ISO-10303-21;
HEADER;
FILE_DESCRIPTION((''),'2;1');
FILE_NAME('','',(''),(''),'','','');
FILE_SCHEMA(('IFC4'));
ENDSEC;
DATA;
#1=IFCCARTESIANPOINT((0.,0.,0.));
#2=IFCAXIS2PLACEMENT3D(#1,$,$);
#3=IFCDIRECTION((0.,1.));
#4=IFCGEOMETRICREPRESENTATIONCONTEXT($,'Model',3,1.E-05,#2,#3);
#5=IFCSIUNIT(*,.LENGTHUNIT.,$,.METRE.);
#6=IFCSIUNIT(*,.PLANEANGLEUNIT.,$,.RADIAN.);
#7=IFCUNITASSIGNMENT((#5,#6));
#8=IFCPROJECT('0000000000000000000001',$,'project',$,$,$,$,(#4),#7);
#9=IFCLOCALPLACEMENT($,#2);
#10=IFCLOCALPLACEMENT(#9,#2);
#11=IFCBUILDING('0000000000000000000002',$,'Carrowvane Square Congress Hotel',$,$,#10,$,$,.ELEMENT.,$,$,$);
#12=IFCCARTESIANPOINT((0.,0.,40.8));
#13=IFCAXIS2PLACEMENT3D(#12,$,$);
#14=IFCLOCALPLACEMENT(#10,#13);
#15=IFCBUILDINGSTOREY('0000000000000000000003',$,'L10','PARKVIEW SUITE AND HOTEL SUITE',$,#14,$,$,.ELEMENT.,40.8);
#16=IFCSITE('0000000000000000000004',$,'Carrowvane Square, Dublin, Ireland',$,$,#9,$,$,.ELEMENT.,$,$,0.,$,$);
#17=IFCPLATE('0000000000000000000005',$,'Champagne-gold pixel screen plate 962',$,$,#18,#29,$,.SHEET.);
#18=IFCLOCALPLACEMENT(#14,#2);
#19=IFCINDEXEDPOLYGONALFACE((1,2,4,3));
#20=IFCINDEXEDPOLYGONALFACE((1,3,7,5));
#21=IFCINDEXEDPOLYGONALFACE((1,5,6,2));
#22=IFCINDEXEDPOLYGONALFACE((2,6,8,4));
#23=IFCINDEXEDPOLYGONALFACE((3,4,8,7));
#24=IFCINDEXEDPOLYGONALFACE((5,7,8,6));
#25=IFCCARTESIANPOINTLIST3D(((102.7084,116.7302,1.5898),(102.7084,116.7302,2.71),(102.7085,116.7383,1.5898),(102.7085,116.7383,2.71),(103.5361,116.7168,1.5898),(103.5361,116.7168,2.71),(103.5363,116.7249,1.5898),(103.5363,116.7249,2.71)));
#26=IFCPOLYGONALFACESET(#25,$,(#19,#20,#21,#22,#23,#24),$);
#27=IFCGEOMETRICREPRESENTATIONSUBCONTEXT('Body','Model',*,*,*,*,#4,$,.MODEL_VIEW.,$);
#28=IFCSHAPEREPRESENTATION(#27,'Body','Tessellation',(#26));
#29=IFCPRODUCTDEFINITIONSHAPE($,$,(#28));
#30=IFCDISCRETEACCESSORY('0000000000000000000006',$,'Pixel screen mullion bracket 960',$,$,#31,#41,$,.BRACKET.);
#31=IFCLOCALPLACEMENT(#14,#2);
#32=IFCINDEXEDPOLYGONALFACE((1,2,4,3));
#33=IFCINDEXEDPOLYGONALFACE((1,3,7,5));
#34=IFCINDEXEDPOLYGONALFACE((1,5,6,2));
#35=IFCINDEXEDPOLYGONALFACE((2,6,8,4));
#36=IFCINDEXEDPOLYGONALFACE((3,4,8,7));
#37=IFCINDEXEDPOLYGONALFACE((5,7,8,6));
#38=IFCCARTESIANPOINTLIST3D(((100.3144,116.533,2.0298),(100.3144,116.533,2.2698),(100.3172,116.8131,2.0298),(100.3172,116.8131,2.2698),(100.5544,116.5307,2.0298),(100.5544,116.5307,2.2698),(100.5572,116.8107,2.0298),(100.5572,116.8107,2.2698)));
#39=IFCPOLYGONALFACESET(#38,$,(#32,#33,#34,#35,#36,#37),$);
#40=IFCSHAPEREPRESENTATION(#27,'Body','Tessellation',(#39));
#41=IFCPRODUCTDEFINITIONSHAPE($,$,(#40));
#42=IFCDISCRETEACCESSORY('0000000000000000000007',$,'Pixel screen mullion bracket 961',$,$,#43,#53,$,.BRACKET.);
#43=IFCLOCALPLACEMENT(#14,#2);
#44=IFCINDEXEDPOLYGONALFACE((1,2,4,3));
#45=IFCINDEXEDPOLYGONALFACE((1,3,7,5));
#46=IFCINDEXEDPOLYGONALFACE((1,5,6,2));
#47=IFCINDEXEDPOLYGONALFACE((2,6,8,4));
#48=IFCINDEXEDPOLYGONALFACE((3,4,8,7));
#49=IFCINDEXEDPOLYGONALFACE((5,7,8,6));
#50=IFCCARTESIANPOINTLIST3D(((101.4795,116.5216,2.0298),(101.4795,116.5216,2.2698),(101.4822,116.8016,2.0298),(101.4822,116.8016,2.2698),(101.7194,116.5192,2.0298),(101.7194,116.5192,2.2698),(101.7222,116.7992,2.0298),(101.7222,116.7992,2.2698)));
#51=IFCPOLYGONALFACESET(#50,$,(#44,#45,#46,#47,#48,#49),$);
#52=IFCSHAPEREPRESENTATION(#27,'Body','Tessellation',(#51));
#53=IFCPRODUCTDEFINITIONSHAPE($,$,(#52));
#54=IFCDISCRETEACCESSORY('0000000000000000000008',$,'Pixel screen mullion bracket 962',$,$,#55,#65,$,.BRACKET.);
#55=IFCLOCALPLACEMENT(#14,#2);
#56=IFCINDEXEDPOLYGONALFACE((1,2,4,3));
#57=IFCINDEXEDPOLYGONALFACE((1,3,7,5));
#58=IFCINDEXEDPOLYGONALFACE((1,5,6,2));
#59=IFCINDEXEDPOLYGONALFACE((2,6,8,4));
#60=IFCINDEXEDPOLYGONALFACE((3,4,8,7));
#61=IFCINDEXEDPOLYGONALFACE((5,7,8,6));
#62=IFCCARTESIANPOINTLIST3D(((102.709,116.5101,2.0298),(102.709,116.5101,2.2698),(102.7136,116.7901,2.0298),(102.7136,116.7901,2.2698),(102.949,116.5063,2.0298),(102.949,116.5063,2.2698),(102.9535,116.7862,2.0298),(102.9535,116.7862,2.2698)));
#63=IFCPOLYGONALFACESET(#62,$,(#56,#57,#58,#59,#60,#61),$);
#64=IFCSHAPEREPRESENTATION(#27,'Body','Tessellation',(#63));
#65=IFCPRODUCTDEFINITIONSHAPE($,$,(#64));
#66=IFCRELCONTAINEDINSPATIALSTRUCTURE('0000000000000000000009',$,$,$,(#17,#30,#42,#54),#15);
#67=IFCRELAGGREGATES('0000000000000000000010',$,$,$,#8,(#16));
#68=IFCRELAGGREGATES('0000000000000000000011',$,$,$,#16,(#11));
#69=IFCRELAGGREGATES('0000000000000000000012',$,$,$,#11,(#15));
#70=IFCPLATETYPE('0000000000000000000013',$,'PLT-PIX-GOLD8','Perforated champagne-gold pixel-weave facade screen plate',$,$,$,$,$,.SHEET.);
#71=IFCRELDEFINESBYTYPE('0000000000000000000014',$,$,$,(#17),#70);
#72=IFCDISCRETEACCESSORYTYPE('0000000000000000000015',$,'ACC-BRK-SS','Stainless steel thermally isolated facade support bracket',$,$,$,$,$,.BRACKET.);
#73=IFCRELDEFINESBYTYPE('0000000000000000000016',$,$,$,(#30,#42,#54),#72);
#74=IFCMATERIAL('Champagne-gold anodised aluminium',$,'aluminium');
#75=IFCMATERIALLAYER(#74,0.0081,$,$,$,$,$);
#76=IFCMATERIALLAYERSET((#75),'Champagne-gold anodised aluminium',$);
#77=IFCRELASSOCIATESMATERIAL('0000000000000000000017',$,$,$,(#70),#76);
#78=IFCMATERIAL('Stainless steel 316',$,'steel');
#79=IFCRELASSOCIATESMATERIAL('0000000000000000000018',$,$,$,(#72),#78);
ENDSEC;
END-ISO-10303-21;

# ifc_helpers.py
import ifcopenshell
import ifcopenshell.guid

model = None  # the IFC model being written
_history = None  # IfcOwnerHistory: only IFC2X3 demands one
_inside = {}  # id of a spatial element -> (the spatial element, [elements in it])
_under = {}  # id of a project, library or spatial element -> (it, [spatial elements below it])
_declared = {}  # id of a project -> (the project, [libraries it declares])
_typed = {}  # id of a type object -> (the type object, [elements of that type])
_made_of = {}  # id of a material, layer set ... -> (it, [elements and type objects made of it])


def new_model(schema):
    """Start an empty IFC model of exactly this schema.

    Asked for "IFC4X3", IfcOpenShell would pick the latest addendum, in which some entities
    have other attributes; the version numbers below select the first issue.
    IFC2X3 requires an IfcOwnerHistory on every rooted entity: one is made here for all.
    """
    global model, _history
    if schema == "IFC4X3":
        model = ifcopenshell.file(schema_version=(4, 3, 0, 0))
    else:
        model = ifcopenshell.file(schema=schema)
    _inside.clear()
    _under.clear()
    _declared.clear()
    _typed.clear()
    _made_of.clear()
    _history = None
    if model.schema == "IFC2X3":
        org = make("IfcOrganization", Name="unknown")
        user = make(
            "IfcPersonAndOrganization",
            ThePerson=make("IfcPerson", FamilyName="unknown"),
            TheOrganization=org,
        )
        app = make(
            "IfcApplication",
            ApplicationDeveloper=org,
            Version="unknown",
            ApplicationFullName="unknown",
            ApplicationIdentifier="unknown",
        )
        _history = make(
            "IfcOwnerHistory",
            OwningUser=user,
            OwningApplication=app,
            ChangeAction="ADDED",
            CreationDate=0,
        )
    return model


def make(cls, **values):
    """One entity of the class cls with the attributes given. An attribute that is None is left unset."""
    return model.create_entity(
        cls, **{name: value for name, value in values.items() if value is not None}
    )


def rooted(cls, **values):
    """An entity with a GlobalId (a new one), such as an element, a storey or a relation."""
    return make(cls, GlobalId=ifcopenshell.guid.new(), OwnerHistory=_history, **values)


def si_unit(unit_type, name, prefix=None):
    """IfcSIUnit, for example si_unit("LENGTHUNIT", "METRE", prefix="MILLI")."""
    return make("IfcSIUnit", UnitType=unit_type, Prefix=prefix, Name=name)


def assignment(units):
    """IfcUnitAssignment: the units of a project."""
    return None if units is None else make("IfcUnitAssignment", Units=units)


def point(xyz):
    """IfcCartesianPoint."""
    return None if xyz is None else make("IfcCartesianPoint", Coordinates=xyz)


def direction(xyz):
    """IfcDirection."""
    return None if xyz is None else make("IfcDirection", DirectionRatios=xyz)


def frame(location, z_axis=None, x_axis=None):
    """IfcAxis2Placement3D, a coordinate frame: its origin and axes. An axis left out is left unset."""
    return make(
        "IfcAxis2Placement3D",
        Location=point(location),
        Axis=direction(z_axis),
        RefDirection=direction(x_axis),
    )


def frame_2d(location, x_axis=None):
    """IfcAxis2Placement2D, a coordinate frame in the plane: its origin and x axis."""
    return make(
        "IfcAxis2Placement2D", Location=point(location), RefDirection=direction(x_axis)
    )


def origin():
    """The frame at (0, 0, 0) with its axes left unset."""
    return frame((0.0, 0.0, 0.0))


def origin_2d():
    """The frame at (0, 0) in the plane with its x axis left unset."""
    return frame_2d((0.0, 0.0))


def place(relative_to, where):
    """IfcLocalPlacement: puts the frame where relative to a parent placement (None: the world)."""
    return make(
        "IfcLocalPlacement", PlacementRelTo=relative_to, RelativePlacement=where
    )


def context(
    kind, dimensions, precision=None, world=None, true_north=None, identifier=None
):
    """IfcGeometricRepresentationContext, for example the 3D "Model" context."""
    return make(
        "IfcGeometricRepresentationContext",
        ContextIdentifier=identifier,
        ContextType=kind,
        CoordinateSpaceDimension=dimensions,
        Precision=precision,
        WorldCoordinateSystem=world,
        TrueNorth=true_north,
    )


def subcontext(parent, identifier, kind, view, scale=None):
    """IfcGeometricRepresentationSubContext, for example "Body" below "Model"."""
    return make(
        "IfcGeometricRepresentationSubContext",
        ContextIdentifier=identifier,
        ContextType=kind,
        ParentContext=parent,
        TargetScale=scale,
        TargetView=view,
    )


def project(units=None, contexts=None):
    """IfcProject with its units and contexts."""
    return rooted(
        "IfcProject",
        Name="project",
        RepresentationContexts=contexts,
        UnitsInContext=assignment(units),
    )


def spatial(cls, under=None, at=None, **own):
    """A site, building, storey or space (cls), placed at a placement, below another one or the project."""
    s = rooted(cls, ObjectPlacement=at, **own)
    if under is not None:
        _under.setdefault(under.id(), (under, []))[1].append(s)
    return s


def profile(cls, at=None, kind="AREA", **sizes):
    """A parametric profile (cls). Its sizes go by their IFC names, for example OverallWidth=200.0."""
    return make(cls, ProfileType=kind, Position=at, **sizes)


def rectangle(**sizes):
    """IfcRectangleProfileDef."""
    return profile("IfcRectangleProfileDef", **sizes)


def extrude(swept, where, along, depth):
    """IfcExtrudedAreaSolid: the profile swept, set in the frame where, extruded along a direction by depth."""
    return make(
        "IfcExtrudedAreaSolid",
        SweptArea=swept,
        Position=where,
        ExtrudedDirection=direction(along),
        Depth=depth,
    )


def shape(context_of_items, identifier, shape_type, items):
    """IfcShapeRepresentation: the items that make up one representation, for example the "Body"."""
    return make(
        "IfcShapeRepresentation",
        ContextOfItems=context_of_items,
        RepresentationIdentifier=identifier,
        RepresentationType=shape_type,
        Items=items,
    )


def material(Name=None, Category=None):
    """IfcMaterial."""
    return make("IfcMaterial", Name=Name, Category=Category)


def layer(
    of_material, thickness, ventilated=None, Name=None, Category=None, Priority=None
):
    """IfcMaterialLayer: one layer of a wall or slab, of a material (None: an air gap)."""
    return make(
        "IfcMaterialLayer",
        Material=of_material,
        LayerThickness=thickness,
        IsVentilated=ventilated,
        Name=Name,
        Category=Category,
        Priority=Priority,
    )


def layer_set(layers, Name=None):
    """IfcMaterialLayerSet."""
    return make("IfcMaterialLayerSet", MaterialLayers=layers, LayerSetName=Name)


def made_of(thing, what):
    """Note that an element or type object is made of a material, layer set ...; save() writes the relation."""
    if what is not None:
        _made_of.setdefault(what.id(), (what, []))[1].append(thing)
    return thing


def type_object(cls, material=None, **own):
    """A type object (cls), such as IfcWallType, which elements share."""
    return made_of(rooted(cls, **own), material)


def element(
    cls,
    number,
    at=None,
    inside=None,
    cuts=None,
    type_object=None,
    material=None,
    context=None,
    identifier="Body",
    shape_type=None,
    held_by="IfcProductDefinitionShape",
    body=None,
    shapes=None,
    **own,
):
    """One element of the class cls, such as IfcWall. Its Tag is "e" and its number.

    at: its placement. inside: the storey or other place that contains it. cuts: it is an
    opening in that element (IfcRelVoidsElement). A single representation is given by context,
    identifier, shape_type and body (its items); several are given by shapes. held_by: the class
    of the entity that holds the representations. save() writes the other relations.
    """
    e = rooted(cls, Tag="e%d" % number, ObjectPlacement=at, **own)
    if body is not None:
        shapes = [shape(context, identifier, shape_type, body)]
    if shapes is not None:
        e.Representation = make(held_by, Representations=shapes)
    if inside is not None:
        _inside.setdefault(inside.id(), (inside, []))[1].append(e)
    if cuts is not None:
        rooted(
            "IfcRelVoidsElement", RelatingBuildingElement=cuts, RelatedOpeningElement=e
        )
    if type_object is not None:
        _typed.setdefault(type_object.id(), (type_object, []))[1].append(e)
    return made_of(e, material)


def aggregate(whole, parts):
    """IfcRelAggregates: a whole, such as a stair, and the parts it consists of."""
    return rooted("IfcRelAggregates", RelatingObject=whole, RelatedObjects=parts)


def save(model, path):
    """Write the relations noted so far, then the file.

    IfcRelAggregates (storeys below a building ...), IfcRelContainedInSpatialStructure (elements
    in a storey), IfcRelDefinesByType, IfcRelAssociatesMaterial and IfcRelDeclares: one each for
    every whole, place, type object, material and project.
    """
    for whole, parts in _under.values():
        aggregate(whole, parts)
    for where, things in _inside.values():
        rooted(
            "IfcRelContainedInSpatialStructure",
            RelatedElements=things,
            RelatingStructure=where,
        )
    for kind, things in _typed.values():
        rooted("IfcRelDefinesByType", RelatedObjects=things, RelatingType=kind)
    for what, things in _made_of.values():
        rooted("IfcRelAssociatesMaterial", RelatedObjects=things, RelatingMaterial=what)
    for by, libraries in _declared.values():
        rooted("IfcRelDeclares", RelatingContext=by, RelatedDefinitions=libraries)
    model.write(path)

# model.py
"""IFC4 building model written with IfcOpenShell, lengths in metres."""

from ifc_helpers import new_model, si_unit, direction, frame, origin, origin_2d, place, context, subcontext, project, spatial, rectangle, extrude, material, layer, layer_set, type_object, element, save


model = new_model("IFC4")

# Units and contexts
model_context = context("Model", 3, precision=1e-05, world=origin(), true_north=direction((0.0, 1.0)))
body_context = subcontext(model_context, "Body", "Model", "MODEL_VIEW")
ifc_project = project(units=[si_unit("LENGTHUNIT", "METRE"), si_unit("PLANEANGLEUNIT", "RADIAN")], contexts=[model_context])

# Site, building, storey
site_placement = place(None, origin())
site = spatial("IfcSite", under=ifc_project, at=site_placement, Name="Carrowvane Square, Dublin, Ireland", CompositionType="ELEMENT", RefElevation=0.0)
building_placement = place(site_placement, origin())
building = spatial("IfcBuilding", under=site, at=building_placement, Name="Carrowvane Square Congress Hotel", CompositionType="ELEMENT")
storey_placement = place(building_placement, frame((0.0, 0.0, 40.8)))
storey = spatial("IfcBuildingStorey", under=building, at=storey_placement, Name="L10", Description="PARKVIEW SUITE AND HOTEL SUITE", CompositionType="ELEMENT", Elevation=40.8)

# Plate
ifc_material_1 = material(Name="Champagne-gold anodised aluminium", Category="aluminium")
ifc_layer_1 = layer(ifc_material_1, 0.0081)
ifc_layer_set_1 = layer_set([ifc_layer_1], Name="Champagne-gold anodised aluminium")
plate_type_1 = type_object("IfcPlateType", Name="PLT-PIX-GOLD8", Description="Perforated champagne-gold pixel-weave facade screen plate", PredefinedType="SHEET", material=ifc_layer_set_1)
plate_1_placement = place(storey_placement, frame((103.1223, 116.7275, 1.5898), z_axis=(0.0, 0.0, 1.0), x_axis=(0.999869, -0.016216, 0.0)))
element("IfcPlate", 1, at=plate_1_placement, inside=storey, type_object=plate_type_1, Name="Champagne-gold pixel screen plate 962", PredefinedType="SHEET", context=body_context, shape_type="SweptSolid", body=[
    extrude(rectangle(XDim=0.8279, YDim=0.0081, at=origin_2d()), origin(), (0.0, 0.0, 1.0), 1.1201),
])

# Discrete accessories
ifc_material_2 = material(Name="Stainless steel 316", Category="steel")
discrete_accessory_type = type_object("IfcDiscreteAccessoryType", Name="ACC-BRK-SS", Description="Stainless steel thermally isolated facade support bracket", PredefinedType="BRACKET", material=ifc_material_2)
for number, where, z_axis, x_axis, name in (
    (2, (100.4358, 116.6719, 2.0298), (0.0, 0.0, 1.0), (0.999952, -0.009782, 0.0), "Pixel screen mullion bracket 960"),
    (3, (101.6008, 116.6604, 2.0298), (0.0, 0.0, 1.0), (0.999952, -0.009782, 0.0), "Pixel screen mullion bracket 961"),
    (4, (102.8313, 116.6482, 2.0298), (0.0, 0.0, 1.0), (0.999869, -0.016216, 0.0), "Pixel screen mullion bracket 962"),
):
    element("IfcDiscreteAccessory", number, at=place(storey_placement, frame(where, z_axis=z_axis, x_axis=x_axis)), inside=storey, type_object=discrete_accessory_type, Name=name, PredefinedType="BRACKET", context=body_context, shape_type="SweptSolid", body=[
        extrude(rectangle(XDim=0.24, YDim=0.28, at=origin_2d()), origin(), (0.0, 0.0, 1.0), 0.24),
    ])

save(model, "model.ifc")
